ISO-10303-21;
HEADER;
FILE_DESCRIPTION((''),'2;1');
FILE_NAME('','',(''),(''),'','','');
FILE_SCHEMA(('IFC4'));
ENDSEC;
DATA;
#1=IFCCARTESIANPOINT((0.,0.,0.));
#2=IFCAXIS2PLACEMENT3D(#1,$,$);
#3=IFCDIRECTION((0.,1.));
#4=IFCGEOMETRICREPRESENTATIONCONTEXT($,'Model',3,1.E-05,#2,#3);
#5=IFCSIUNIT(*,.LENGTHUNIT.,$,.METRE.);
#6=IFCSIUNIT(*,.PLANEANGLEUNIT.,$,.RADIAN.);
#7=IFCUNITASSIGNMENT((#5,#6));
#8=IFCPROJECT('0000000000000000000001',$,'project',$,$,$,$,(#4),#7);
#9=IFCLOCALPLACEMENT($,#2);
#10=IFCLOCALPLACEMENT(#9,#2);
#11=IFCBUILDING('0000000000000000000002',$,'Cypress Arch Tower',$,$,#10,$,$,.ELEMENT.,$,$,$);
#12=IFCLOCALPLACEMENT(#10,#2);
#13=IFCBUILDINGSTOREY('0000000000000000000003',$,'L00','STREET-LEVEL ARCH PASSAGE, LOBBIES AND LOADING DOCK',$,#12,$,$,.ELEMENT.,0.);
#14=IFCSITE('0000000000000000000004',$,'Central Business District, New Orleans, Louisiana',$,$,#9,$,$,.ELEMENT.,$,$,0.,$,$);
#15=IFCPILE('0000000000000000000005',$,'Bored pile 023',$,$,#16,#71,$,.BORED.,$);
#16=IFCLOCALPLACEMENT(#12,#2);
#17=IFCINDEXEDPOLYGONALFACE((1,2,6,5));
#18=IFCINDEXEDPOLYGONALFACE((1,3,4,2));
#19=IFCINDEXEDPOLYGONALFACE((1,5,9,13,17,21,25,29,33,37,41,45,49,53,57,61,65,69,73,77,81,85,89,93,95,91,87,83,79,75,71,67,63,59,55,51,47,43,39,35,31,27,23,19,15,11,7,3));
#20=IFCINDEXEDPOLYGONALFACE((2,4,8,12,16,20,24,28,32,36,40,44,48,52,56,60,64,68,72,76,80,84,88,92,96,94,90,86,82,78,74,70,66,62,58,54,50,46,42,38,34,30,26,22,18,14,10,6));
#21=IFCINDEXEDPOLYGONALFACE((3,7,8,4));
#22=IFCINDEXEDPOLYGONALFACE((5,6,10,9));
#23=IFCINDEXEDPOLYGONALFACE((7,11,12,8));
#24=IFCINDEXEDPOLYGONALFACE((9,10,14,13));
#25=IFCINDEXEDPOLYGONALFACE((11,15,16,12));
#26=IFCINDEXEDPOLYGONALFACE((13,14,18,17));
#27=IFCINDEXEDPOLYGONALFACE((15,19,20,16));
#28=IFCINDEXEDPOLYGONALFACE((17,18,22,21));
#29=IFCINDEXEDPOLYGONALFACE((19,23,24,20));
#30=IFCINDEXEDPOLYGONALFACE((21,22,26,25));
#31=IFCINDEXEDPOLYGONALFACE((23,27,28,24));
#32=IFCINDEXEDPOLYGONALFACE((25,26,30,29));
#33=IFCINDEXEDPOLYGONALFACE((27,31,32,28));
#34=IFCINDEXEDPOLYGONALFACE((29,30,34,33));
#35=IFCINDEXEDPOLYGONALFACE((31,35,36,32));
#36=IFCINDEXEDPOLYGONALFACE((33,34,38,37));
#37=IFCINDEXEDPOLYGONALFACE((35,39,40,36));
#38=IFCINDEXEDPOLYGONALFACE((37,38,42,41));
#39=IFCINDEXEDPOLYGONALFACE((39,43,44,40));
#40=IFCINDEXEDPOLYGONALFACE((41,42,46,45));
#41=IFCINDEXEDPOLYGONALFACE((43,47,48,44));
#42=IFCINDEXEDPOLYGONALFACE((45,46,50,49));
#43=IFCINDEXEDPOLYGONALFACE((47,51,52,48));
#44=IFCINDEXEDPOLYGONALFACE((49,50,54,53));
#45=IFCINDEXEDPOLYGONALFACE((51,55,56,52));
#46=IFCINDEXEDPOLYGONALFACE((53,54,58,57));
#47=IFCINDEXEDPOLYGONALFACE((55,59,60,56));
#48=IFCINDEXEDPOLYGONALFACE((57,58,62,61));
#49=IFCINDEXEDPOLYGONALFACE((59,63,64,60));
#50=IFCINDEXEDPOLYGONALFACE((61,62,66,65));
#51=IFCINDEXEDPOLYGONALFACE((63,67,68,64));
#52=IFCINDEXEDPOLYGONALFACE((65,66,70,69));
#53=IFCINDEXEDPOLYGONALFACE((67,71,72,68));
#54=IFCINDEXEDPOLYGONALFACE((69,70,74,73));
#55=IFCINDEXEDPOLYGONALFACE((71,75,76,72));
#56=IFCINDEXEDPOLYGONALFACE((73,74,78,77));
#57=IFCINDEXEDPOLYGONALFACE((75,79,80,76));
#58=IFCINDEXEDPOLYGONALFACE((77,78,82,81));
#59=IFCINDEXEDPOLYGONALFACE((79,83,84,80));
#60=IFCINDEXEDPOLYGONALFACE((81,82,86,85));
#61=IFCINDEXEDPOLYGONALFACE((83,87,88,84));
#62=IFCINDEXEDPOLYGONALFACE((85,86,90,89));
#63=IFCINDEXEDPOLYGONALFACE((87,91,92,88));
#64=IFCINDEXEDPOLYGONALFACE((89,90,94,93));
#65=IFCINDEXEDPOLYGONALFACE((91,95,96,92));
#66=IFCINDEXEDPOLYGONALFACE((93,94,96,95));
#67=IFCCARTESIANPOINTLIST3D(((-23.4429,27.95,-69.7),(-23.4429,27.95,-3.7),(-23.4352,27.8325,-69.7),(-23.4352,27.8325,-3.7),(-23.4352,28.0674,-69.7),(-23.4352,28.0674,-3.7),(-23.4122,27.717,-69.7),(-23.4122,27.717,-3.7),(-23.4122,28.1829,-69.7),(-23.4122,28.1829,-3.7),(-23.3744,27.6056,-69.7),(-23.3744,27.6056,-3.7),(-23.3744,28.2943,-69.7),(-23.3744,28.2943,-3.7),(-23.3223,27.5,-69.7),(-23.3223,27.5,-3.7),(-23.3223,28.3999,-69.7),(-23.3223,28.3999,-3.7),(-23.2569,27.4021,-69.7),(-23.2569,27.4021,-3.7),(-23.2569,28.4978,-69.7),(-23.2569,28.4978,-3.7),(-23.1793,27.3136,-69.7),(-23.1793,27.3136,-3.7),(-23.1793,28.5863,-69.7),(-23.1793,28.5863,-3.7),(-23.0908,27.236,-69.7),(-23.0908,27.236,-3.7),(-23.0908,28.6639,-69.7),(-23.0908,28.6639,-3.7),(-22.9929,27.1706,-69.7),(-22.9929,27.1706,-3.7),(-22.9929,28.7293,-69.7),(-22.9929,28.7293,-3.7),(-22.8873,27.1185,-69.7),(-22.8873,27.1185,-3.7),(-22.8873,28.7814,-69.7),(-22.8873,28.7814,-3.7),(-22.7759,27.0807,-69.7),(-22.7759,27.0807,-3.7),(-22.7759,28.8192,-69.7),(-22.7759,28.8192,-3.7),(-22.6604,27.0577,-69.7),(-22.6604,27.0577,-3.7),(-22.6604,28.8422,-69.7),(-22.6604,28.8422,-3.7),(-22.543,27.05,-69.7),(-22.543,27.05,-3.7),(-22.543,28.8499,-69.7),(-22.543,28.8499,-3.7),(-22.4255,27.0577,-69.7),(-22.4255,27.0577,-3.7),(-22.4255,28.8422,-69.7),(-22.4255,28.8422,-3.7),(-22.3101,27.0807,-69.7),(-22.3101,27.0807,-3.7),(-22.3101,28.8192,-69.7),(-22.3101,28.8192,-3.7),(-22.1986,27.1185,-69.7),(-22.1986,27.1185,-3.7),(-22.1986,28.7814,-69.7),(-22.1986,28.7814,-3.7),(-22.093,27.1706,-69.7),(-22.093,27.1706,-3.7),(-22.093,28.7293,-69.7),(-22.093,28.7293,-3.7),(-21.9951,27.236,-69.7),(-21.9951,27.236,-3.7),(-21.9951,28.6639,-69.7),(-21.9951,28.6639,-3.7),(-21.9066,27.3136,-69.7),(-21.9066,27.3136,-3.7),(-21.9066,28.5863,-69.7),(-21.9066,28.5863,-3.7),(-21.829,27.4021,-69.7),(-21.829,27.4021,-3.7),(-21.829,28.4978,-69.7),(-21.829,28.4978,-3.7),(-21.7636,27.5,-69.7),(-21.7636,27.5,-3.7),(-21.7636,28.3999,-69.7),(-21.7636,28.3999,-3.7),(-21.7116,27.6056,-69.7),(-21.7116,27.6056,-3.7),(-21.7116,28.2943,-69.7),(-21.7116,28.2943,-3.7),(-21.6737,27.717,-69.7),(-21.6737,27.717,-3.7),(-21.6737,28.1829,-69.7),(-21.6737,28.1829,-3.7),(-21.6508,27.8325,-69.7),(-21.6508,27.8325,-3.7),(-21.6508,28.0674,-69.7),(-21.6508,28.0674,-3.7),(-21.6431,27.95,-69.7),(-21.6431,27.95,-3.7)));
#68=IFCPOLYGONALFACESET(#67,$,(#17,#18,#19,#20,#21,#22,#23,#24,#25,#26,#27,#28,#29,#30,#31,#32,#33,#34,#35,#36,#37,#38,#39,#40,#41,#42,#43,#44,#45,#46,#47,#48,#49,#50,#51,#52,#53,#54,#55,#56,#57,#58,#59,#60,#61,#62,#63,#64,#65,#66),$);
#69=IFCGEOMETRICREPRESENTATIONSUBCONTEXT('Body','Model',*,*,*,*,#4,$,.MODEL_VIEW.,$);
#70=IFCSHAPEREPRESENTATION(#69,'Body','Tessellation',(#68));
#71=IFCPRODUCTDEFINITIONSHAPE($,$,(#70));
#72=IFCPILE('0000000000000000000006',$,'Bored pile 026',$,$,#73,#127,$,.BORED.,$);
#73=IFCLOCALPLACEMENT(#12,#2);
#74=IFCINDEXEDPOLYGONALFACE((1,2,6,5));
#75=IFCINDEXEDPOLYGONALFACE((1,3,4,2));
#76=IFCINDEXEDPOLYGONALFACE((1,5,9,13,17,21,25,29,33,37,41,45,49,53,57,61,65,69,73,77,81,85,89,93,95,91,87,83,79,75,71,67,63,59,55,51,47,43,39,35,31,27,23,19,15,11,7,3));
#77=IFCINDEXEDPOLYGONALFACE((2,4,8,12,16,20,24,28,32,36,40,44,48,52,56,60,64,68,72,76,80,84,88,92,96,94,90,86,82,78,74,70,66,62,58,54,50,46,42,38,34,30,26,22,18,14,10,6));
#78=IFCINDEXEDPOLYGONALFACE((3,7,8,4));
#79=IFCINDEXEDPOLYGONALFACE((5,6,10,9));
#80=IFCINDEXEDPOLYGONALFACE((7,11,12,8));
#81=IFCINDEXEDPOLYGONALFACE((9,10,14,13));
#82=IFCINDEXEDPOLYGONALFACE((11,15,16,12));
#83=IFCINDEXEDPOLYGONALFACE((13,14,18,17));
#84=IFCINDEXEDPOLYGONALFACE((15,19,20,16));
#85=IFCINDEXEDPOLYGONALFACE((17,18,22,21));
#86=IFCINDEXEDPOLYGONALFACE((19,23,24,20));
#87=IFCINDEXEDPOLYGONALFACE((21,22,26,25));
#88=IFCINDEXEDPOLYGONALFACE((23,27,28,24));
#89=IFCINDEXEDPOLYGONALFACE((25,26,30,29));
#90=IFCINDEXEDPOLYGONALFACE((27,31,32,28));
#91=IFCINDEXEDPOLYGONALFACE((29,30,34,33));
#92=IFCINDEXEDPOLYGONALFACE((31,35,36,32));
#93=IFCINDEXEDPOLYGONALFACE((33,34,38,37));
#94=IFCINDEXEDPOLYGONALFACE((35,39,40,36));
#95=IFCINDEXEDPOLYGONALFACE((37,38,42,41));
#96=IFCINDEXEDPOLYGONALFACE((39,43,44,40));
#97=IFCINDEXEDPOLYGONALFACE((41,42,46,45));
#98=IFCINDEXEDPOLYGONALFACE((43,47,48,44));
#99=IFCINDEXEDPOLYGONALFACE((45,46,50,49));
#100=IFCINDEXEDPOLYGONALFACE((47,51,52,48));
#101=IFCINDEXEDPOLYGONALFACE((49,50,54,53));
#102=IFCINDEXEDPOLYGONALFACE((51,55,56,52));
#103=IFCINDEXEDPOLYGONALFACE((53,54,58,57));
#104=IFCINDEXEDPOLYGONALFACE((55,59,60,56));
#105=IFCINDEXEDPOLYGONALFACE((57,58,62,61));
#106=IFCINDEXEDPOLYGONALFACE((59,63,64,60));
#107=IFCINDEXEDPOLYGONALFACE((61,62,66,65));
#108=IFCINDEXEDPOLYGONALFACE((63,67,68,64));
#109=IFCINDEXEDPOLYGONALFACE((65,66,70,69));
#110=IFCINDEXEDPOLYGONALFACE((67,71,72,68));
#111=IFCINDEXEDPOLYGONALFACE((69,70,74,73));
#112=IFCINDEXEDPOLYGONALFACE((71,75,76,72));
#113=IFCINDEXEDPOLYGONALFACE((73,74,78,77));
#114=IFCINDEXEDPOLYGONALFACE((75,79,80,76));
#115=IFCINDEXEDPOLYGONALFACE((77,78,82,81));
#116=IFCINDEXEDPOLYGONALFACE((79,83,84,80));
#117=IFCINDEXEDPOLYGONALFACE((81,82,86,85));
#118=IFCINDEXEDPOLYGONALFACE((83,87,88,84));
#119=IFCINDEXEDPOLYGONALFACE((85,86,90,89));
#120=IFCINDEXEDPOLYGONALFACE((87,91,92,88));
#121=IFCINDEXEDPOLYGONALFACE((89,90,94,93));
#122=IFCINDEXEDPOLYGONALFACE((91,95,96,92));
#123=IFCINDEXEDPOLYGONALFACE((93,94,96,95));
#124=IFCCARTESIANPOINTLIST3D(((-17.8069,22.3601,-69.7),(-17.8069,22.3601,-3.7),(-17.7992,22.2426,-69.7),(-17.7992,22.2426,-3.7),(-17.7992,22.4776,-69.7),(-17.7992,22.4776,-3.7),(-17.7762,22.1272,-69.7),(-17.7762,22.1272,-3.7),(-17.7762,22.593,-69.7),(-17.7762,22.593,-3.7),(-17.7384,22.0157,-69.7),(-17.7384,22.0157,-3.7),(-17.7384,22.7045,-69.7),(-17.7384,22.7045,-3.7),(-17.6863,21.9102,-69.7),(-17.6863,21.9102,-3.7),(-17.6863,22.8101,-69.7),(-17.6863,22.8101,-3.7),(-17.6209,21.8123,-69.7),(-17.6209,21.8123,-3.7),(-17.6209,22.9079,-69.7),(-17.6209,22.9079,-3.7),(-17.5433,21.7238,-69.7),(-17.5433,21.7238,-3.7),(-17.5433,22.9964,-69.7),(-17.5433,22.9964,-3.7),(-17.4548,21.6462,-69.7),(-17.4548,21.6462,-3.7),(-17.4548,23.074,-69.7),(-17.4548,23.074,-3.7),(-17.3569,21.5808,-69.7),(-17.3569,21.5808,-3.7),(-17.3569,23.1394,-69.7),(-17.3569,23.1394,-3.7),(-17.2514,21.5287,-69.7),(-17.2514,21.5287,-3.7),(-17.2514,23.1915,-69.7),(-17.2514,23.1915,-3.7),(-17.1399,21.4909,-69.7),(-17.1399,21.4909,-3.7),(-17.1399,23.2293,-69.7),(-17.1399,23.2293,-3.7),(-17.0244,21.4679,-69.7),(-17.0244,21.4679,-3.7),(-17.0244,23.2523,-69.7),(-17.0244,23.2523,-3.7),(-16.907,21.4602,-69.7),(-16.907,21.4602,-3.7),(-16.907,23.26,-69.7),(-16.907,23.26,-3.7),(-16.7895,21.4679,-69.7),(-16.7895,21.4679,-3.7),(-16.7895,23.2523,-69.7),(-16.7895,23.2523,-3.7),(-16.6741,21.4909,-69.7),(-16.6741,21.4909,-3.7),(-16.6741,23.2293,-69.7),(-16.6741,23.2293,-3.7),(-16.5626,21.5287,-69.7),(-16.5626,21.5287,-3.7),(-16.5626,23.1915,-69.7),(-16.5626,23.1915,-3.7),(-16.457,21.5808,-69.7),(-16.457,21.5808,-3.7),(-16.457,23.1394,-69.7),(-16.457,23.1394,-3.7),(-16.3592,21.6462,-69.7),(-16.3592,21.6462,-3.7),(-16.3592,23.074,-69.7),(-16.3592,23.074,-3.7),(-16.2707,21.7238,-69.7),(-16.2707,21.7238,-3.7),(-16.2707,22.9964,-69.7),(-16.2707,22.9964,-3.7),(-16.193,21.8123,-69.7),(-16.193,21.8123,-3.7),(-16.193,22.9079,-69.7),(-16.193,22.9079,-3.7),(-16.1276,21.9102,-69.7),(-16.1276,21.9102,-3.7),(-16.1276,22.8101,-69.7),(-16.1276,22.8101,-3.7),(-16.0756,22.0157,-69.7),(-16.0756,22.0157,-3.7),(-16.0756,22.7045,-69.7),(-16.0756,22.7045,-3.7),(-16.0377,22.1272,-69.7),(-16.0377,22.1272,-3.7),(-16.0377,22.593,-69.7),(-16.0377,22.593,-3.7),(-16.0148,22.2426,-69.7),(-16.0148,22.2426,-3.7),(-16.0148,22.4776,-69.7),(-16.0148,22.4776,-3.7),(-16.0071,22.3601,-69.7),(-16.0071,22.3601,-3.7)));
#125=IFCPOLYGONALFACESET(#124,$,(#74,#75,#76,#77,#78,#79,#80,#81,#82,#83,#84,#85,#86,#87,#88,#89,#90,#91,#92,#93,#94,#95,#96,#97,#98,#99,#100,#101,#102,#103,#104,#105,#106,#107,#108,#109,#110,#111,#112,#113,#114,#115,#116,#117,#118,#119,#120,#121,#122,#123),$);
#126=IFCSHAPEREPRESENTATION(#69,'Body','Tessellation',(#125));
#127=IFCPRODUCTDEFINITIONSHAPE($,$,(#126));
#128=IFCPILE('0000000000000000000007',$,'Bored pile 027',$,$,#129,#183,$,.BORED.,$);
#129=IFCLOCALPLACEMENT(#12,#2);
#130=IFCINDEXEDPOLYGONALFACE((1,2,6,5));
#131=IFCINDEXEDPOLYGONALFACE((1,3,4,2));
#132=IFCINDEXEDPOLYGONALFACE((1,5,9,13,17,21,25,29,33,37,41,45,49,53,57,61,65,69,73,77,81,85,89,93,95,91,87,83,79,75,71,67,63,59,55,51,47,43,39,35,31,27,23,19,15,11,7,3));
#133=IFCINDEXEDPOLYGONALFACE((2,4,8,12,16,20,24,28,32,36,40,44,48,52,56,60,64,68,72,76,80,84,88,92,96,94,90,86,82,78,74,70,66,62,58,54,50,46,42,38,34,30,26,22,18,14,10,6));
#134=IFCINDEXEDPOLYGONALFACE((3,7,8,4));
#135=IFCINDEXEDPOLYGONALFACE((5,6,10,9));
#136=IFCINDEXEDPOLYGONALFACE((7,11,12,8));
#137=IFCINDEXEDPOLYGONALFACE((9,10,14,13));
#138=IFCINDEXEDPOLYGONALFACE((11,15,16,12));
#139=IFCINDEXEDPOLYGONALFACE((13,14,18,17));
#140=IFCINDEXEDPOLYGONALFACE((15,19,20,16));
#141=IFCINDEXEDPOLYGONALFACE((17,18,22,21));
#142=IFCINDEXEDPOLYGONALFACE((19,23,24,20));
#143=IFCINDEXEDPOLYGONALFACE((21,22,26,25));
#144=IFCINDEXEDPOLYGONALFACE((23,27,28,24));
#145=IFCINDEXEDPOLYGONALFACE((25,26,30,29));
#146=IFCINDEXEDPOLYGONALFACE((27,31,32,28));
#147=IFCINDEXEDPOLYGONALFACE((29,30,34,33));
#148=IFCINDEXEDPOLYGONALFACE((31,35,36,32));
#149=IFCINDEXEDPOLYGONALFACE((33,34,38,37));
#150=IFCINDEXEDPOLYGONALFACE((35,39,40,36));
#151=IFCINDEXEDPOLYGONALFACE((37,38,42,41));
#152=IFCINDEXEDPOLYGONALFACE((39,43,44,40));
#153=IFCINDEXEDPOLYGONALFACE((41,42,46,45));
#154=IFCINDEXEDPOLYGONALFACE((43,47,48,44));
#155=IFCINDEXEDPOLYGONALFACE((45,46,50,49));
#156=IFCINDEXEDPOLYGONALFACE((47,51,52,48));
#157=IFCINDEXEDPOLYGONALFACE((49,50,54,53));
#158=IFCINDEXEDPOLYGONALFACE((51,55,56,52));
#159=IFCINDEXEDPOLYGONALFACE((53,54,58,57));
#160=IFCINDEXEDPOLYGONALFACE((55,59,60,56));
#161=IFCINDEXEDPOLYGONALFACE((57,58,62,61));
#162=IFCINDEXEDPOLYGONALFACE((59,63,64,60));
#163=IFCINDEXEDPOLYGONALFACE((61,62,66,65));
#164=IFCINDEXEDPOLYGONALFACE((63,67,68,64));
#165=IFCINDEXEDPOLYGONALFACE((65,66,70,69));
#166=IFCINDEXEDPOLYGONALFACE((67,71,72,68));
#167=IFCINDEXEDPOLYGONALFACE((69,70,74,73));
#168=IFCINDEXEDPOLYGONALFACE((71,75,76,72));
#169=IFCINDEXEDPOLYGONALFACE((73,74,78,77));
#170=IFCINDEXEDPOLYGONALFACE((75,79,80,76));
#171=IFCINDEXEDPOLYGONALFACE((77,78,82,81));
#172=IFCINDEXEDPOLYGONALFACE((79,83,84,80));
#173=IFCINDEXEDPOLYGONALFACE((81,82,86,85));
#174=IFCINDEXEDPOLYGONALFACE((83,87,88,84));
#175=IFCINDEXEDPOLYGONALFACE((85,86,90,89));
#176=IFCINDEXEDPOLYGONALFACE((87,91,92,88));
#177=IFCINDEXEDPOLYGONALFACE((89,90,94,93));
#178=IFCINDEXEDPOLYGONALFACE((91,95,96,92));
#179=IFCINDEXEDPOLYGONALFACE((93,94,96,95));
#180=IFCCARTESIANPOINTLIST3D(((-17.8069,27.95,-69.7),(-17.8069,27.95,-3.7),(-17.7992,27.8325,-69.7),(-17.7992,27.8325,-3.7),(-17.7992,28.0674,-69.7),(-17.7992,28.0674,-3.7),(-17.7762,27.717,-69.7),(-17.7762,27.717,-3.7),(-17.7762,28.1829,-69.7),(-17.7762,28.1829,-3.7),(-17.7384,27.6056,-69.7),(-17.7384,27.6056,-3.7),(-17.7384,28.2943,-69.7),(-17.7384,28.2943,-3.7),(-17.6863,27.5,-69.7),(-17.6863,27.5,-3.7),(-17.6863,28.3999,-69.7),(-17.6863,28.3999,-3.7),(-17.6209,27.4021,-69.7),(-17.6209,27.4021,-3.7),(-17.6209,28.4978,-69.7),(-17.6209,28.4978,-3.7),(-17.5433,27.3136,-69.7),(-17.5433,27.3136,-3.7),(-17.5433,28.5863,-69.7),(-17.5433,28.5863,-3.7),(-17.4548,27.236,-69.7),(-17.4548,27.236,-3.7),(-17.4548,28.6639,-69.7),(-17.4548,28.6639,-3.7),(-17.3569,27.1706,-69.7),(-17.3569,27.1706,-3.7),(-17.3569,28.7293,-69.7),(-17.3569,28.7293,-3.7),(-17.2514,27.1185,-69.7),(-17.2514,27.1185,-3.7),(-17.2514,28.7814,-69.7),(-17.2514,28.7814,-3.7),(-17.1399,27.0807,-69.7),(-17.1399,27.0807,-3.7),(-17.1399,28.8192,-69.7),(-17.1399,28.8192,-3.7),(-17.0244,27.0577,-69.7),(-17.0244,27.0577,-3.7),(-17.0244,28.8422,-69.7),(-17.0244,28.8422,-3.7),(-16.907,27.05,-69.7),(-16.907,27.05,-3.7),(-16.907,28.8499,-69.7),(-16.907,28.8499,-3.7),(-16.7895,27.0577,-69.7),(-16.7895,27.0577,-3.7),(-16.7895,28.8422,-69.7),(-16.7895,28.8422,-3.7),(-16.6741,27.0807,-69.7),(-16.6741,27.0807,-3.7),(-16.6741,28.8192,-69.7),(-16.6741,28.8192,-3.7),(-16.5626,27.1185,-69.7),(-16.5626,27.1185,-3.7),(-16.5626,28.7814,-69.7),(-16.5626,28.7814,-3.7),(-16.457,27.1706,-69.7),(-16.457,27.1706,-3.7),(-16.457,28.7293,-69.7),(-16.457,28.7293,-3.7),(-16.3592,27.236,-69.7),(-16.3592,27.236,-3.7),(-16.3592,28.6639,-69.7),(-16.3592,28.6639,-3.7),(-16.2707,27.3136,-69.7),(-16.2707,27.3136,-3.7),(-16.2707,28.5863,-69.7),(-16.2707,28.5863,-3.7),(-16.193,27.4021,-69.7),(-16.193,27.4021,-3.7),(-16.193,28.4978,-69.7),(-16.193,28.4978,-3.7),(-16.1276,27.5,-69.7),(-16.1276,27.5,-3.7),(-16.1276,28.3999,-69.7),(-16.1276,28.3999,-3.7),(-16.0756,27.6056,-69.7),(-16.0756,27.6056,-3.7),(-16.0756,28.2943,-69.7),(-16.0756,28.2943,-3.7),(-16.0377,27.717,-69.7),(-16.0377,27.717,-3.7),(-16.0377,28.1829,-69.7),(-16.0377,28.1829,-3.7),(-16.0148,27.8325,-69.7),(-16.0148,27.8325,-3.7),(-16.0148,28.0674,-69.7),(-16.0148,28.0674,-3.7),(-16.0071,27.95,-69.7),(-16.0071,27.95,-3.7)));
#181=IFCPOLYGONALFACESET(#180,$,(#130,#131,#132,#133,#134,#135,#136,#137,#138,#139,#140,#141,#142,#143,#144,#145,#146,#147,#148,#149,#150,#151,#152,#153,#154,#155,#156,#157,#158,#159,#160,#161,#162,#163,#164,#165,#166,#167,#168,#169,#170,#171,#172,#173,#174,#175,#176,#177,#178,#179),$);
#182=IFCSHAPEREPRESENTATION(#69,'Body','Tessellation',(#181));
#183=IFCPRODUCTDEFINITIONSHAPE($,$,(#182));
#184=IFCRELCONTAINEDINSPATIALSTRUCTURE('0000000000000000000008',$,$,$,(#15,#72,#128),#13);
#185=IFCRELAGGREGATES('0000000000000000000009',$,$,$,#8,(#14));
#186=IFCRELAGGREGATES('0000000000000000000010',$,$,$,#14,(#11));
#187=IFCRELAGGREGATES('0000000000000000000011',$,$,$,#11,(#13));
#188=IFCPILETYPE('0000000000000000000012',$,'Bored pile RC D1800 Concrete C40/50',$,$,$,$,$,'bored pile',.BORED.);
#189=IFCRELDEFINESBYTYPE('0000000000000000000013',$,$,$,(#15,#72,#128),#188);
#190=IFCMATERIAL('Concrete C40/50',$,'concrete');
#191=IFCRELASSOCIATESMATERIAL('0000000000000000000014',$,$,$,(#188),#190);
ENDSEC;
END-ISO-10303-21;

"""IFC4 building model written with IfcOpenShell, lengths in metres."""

from ifc_helpers import new_model, si_unit, direction, frame, origin, origin_2d, place, context, subcontext, project, spatial, circle, extrude, material, material_profile, profile_set, type_object, element, save


model = new_model("IFC4")

# Units and contexts
model_context = context("Model", 3, precision=1e-05, world=origin(), true_north=direction((0.0, 1.0)))
body_context = subcontext(model_context, "Body", "Model", "MODEL_VIEW")
ifc_project = project(units=[si_unit("LENGTHUNIT", "METRE"), si_unit("PLANEANGLEUNIT", "RADIAN")], contexts=[model_context])

# Site, building, storey
site_placement = place(None, origin())
site = spatial("IfcSite", under=ifc_project, at=site_placement, Name="Central Business District, New Orleans, Louisiana", CompositionType="ELEMENT", RefElevation=0.0)
building_placement = place(site_placement, origin())
building = spatial("IfcBuilding", under=site, at=building_placement, Name="Cypress Arch Tower", CompositionType="ELEMENT")
storey_placement = place(building_placement, origin())
storey = spatial("IfcBuildingStorey", under=building, at=storey_placement, Name="L00", Description="STREET-LEVEL ARCH PASSAGE, LOBBIES AND LOADING DOCK", CompositionType="ELEMENT", Elevation=0.0)

# Piles
ifc_material_1 = material(Name="Concrete C40/50", Category="concrete")
ifc_material_profile_1 = material_profile(ifc_material_1, circle(Radius=0.8999, at=origin_2d()), Name="RC D1800")
ifc_profile_set_1 = profile_set([ifc_material_profile_1], Name="Concrete C40/50")
pile_type = type_object("IfcPileType", Name="Bored pile RC D1800 Concrete C40/50", ElementType="bored pile", PredefinedType="BORED", material=ifc_profile_set_1)
for number, where, z_axis, x_axis, name in (
    (1, (-22.543, 27.95, -3.7), (0.0, 0.0, -1.0), (1.0, 0.0, 0.0), "Bored pile 023"),
    (2, (-16.907, 22.3601, -3.7), (0.0, 0.0, -1.0), (1.0, 0.0, 0.0), "Bored pile 026"),
    (3, (-16.907, 27.95, -3.7), (0.0, 0.0, -1.0), (1.0, 0.0, 0.0), "Bored pile 027"),
):
    element("IfcPile", number, at=place(storey_placement, frame(where, z_axis=z_axis, x_axis=x_axis)), inside=storey, type_object=pile_type, Name=name, PredefinedType="BORED", context=body_context, shape_type="SweptSolid", body=[
        extrude(circle(Radius=0.8999, at=origin_2d()), origin(), (0.0, 0.0, 1.0), 66.0),
    ])

save(model, "model.ifc")
